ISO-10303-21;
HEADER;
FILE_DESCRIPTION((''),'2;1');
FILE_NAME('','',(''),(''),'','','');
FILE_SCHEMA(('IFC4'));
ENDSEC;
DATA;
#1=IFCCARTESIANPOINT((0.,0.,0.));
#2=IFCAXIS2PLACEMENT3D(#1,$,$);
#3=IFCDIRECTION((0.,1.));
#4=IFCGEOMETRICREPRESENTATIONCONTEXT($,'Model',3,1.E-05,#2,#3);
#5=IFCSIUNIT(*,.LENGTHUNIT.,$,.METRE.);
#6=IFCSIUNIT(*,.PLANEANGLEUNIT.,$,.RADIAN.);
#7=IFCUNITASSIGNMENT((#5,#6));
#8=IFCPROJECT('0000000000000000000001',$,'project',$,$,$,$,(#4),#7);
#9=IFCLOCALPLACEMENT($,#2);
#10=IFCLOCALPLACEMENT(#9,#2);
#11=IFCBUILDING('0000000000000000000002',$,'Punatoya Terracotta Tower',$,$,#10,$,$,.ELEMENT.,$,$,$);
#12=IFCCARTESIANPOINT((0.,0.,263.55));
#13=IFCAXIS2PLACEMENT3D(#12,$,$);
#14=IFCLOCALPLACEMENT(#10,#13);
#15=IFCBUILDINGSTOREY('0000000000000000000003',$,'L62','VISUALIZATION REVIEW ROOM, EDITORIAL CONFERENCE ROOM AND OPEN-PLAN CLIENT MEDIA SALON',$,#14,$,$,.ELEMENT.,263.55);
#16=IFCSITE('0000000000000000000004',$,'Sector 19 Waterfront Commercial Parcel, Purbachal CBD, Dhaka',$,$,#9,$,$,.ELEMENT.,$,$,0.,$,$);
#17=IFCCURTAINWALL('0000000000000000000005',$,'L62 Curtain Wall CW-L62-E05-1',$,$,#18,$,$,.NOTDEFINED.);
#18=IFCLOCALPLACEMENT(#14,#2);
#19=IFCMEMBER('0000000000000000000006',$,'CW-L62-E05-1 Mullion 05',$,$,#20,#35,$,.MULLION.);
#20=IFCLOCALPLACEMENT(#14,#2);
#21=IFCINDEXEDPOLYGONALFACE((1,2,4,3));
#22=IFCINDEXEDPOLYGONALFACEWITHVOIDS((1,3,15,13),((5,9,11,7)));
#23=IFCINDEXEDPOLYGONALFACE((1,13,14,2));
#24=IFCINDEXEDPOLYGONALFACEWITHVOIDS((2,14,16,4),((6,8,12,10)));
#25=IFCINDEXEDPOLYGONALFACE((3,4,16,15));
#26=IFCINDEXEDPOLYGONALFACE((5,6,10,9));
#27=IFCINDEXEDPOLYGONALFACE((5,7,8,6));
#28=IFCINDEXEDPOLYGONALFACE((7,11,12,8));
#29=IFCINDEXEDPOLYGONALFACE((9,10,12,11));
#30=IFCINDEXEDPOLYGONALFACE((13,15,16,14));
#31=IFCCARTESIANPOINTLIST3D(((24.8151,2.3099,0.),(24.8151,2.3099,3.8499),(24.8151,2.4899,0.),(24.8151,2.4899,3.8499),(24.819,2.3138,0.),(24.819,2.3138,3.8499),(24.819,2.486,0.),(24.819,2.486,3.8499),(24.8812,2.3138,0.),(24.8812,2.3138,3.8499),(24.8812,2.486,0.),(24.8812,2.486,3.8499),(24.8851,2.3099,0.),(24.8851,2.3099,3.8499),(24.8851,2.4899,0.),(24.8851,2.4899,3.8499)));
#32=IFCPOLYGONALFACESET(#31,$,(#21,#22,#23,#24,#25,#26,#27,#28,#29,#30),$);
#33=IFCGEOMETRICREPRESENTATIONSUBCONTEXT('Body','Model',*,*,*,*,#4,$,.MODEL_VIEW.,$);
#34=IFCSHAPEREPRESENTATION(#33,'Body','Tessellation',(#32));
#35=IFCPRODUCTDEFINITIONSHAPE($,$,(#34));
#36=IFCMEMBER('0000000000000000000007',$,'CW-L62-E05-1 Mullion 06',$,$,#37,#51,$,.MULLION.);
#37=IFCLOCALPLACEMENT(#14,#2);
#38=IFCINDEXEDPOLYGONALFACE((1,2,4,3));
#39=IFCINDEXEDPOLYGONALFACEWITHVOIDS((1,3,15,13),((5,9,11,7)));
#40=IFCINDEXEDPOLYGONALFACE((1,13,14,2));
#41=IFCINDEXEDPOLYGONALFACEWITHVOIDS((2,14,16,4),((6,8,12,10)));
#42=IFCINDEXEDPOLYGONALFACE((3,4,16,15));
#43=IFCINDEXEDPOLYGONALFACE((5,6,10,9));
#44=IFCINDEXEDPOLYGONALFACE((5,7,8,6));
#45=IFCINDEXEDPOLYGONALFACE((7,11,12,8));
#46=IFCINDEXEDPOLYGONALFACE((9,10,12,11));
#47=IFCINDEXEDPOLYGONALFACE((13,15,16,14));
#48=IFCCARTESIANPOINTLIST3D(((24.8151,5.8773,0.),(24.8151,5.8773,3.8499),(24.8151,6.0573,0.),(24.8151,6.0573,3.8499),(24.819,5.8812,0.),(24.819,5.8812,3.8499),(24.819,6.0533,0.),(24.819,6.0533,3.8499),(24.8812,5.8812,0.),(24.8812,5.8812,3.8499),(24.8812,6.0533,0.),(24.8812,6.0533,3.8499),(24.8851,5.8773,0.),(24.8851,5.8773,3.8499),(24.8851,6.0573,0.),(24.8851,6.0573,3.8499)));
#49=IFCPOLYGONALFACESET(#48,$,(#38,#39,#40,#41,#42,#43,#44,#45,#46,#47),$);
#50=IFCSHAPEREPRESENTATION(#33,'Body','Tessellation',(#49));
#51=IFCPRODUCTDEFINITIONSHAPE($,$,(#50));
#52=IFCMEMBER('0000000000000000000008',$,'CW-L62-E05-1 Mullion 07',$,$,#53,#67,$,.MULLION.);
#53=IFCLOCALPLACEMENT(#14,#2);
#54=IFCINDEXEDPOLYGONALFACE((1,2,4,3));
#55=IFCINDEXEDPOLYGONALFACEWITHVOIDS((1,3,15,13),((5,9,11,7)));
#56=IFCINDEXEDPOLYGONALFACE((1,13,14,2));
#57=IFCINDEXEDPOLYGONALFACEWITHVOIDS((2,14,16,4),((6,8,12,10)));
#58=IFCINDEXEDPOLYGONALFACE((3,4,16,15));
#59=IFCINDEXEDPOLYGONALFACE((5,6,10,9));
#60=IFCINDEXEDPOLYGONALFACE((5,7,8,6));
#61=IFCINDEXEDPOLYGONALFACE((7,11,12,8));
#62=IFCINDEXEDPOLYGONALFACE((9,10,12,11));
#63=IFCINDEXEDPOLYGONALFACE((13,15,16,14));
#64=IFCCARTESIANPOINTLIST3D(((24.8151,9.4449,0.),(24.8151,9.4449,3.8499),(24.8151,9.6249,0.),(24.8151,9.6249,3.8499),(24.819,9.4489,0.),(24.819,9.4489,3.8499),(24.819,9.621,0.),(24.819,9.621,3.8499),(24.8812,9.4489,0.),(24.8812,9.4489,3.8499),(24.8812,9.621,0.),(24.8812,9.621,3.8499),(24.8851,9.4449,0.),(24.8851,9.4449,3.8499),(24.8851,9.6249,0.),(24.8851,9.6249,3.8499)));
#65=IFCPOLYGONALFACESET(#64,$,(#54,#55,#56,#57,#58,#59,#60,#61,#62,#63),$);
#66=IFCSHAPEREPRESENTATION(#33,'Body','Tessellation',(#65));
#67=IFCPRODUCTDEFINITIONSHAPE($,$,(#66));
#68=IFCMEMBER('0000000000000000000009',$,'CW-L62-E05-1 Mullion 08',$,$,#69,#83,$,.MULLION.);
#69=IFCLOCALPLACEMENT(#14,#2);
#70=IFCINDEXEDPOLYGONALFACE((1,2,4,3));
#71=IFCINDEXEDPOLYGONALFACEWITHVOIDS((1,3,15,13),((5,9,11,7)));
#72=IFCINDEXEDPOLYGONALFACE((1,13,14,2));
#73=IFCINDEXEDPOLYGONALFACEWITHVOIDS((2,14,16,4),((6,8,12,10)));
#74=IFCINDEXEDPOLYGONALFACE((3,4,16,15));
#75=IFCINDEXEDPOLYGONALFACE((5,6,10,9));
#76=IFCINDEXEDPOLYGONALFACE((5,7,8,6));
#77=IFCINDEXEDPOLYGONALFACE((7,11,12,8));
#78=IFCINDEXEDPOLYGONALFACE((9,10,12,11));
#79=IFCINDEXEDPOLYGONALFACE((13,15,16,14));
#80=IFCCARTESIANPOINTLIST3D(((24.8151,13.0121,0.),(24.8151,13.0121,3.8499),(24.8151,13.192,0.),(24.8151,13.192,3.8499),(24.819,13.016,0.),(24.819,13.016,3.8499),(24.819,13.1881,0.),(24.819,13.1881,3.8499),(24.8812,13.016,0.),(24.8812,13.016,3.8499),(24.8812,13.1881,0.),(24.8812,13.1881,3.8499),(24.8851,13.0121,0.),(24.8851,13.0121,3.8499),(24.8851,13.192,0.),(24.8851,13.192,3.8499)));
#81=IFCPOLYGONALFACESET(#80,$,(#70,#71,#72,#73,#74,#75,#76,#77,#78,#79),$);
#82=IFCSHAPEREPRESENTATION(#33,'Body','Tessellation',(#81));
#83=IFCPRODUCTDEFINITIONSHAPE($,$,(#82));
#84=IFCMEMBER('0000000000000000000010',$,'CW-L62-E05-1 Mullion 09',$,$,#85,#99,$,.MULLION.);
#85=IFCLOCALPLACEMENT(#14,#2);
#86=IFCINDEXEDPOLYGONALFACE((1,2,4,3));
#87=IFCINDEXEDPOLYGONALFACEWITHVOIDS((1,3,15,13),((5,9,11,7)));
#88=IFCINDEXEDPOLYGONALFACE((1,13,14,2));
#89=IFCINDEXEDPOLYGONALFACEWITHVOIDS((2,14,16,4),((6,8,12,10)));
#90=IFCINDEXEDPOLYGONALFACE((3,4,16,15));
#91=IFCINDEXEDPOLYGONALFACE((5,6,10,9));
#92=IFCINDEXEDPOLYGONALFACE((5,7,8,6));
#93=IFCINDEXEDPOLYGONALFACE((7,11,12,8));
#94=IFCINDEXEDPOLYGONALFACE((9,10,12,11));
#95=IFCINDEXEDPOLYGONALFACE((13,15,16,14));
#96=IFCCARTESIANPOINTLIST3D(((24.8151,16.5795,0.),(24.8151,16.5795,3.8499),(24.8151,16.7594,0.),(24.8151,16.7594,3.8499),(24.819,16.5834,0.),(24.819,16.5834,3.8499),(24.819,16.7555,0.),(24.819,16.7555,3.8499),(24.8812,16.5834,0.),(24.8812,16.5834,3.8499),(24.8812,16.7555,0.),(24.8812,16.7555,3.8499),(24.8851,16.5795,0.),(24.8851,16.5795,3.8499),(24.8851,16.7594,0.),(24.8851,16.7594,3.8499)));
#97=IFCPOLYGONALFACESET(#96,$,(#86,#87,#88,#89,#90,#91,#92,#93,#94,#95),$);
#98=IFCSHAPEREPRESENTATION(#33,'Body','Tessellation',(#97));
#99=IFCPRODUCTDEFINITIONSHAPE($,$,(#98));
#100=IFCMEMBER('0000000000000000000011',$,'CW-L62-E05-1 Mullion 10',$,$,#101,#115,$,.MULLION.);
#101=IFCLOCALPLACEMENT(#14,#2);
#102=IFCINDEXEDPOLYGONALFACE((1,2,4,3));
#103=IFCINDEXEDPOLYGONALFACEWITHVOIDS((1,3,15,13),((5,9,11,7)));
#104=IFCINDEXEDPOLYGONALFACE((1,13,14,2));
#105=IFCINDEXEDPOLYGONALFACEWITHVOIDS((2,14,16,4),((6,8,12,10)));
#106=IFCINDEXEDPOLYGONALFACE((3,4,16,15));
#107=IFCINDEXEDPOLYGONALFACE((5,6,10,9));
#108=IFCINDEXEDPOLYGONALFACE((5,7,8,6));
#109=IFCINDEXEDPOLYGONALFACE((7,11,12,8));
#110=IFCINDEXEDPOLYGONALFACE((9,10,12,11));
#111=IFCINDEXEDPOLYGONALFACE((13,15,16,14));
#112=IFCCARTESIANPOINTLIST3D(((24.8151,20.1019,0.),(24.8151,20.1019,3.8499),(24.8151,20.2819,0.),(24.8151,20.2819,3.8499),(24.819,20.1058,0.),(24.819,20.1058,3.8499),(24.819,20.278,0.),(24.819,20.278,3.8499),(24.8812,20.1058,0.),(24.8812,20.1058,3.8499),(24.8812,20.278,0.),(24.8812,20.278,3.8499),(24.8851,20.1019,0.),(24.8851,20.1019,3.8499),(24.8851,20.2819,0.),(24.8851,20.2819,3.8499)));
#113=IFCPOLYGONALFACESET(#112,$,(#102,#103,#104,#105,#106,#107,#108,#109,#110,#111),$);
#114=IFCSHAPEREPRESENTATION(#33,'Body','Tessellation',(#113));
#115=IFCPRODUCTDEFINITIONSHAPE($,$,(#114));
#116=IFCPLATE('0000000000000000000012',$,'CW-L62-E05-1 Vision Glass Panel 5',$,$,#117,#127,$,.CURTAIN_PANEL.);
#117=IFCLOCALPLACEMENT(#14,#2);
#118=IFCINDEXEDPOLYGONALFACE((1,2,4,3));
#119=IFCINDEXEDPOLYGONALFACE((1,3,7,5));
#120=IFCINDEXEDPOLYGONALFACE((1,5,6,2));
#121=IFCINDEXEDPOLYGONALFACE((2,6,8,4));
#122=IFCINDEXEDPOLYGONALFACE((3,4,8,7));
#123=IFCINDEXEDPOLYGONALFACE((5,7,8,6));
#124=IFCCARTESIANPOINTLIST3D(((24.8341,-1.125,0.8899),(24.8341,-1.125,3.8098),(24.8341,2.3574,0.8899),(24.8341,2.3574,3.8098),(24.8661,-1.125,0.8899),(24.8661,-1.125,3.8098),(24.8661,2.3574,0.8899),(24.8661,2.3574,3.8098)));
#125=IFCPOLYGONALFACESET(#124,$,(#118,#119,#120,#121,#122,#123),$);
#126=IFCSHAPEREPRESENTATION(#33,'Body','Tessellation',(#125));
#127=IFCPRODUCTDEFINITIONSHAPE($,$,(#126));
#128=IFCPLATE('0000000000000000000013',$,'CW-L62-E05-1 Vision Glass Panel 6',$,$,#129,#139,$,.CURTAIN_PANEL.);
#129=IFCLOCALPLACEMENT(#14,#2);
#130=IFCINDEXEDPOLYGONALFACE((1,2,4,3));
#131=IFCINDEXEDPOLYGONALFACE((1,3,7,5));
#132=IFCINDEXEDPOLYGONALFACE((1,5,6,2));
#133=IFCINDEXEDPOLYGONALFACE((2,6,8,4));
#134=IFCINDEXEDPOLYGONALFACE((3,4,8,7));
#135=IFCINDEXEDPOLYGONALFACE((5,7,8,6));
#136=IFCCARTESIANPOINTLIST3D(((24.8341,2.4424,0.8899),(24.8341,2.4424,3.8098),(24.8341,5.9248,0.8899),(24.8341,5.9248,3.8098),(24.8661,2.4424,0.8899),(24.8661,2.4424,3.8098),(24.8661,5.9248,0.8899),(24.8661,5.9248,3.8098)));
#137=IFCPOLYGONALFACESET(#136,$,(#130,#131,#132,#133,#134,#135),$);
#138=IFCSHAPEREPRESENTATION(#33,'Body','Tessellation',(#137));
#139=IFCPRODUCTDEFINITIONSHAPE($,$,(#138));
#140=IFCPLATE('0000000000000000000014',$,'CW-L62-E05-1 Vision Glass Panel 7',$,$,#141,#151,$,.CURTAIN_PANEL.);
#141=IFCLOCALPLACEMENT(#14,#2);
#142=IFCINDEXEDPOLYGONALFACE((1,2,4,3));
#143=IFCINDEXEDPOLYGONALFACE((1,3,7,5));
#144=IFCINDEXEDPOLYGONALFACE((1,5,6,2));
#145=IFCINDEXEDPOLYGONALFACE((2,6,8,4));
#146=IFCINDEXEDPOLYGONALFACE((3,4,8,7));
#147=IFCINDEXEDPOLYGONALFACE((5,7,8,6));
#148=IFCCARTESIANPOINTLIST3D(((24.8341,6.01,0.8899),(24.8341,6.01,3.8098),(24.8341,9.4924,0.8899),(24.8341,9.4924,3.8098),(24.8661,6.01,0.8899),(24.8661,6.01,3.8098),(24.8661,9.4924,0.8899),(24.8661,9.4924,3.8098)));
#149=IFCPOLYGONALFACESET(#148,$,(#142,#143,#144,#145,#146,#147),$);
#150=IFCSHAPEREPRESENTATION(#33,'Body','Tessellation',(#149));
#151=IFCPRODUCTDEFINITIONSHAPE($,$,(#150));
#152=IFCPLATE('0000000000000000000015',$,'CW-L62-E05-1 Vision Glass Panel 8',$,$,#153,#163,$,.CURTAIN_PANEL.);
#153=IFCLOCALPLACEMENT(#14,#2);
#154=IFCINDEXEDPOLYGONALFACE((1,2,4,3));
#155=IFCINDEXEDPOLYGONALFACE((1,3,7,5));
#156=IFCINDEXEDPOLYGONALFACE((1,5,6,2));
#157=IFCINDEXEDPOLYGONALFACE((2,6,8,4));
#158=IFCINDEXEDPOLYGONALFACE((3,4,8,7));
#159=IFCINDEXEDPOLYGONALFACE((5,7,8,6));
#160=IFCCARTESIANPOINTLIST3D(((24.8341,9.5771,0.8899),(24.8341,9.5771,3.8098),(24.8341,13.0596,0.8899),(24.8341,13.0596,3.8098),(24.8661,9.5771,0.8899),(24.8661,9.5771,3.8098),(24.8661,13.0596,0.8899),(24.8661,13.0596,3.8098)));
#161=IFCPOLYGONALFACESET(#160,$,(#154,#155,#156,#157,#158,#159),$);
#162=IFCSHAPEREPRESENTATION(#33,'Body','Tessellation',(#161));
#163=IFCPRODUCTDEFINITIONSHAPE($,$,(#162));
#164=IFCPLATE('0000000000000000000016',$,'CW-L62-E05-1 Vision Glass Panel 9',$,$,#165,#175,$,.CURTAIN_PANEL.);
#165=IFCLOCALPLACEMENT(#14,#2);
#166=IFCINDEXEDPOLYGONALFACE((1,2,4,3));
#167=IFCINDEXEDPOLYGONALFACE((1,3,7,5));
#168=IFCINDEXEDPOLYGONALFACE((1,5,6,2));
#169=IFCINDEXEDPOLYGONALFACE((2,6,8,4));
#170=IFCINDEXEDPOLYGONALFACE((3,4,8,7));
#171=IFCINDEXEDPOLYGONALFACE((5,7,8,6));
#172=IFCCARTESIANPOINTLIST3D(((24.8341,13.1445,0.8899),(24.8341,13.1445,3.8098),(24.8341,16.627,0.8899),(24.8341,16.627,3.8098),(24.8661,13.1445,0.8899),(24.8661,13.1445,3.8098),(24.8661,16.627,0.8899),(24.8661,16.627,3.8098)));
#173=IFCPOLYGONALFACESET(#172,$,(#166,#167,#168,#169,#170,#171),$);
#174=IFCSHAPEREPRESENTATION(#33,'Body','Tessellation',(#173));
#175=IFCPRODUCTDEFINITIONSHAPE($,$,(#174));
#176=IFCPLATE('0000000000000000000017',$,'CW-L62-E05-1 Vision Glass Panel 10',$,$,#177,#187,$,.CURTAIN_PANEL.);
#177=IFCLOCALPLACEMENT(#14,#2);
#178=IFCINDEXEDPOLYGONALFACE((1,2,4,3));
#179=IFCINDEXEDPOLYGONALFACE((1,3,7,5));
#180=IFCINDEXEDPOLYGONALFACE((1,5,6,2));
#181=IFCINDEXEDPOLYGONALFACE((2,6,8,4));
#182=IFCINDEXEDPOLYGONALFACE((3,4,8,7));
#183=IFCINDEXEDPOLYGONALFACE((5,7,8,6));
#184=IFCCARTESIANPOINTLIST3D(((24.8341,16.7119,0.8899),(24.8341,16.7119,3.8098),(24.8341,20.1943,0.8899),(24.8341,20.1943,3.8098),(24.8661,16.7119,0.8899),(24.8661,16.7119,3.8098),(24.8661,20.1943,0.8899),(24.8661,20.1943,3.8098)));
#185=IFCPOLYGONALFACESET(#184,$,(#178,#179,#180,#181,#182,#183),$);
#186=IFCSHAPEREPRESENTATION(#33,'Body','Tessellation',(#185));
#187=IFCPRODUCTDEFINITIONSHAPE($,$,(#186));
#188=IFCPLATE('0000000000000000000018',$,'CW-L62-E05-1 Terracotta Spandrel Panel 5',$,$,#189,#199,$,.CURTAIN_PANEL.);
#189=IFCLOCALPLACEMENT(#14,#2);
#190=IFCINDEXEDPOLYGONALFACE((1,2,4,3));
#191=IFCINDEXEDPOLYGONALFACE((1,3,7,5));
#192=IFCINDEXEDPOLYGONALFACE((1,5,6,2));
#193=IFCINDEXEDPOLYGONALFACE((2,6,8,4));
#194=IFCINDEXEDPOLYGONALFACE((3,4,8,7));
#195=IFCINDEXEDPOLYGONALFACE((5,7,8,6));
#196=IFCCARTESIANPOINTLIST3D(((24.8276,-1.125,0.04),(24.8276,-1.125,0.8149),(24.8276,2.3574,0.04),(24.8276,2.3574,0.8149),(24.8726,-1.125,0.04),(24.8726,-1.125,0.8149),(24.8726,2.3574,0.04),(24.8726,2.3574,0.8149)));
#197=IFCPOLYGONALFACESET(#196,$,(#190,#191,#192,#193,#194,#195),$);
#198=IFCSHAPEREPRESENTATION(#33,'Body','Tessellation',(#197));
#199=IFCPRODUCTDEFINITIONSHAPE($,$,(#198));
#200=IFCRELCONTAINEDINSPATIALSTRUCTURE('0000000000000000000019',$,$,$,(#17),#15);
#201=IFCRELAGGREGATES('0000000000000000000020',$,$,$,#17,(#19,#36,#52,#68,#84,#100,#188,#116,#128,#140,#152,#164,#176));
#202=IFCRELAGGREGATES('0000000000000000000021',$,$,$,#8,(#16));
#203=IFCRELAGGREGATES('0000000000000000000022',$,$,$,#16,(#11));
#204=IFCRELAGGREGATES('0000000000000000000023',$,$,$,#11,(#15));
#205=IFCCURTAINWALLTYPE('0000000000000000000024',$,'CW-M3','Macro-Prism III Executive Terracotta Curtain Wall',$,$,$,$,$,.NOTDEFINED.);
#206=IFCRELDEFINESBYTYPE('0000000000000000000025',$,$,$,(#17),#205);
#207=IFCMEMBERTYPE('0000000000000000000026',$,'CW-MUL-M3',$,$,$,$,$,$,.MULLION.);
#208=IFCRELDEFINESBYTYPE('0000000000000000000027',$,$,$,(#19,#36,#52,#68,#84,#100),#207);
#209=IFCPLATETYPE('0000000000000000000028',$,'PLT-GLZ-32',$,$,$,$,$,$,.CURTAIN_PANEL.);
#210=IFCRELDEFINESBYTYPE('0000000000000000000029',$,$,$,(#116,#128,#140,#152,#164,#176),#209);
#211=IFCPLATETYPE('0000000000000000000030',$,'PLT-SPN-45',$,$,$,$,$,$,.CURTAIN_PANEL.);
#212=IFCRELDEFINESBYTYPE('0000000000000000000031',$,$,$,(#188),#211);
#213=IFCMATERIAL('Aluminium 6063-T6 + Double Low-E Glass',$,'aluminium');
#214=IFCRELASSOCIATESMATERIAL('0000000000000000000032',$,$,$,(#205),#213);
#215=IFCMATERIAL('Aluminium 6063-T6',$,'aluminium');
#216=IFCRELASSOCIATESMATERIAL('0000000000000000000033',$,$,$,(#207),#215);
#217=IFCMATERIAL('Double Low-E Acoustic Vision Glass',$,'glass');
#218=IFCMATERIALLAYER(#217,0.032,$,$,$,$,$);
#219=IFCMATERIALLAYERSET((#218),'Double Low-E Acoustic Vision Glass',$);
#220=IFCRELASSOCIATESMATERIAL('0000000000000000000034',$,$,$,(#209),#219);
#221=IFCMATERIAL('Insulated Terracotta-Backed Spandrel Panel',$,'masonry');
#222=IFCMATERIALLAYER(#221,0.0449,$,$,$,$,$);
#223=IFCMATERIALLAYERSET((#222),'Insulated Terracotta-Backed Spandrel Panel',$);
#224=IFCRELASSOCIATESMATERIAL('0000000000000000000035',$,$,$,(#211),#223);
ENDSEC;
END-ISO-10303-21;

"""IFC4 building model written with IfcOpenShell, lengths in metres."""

from ifc_helpers import new_model, si_unit, direction, frame, origin, origin_2d, place, context, subcontext, project, spatial, rectangle, hollow_rectangle, extrude, material, layer, layer_set, material_profile, profile_set, type_object, element, aggregate, save


model = new_model("IFC4")

# Units and contexts
model_context = context("Model", 3, precision=1e-05, world=origin(), true_north=direction((0.0, 1.0)))
body_context = subcontext(model_context, "Body", "Model", "MODEL_VIEW")
ifc_project = project(units=[si_unit("LENGTHUNIT", "METRE"), si_unit("PLANEANGLEUNIT", "RADIAN")], contexts=[model_context])

# Site, building, storey
site_placement = place(None, origin())
site = spatial("IfcSite", under=ifc_project, at=site_placement, Name="Sector 19 Waterfront Commercial Parcel, Purbachal CBD, Dhaka", CompositionType="ELEMENT", RefElevation=0.0)
building_placement = place(site_placement, origin())
building = spatial("IfcBuilding", under=site, at=building_placement, Name="Punatoya Terracotta Tower", CompositionType="ELEMENT")
storey_placement = place(building_placement, frame((0.0, 0.0, 263.55)))
storey = spatial("IfcBuildingStorey", under=building, at=storey_placement, Name="L62", Description="VISUALIZATION REVIEW ROOM, EDITORIAL CONFERENCE ROOM AND OPEN-PLAN CLIENT MEDIA SALON", CompositionType="ELEMENT", Elevation=263.55)

# Curtain wall, members, plates
ifc_material_1 = material(Name="Aluminium 6063-T6 + Double Low-E Glass", Category="aluminium")
curtain_wall_type = type_object("IfcCurtainWallType", Name="CW-M3", Description="Macro-Prism III Executive Terracotta Curtain Wall", PredefinedType="NOTDEFINED", material=ifc_material_1)
curtain_wall_placement = place(storey_placement, origin())
curtain_wall = element("IfcCurtainWall", 1, at=curtain_wall_placement, inside=storey, type_object=curtain_wall_type, Name="L62 Curtain Wall CW-L62-E05-1", PredefinedType="NOTDEFINED")
ifc_material_2 = material(Name="Aluminium 6063-T6", Category="aluminium")
ifc_material_profile_1 = material_profile(ifc_material_2, hollow_rectangle(XDim=0.0701, YDim=0.1799, WallThickness=0.0039, at=origin_2d()))
ifc_profile_set_1 = profile_set([ifc_material_profile_1], Name="Aluminium 6063-T6")
member_type = type_object("IfcMemberType", Name="CW-MUL-M3", PredefinedType="MULLION", material=ifc_profile_set_1)
member_1_placement = place(storey_placement, frame((24.8501, 2.3999, 0.0), z_axis=(0.0, 0.0, 1.0), x_axis=(1.0, 0.0, 0.0)))
member_1 = element("IfcMember", 2, at=member_1_placement, type_object=member_type, Name="CW-L62-E05-1 Mullion 05", PredefinedType="MULLION", context=body_context, shape_type="SweptSolid", body=[
    extrude(hollow_rectangle(XDim=0.0701, YDim=0.1799, WallThickness=0.0039, at=origin_2d()), origin(), (0.0, 0.0, 1.0), 3.8499),
])
member_2_placement = place(storey_placement, frame((24.8501, 5.9673, 0.0), z_axis=(0.0, 0.0, 1.0), x_axis=(1.0, 0.0, 0.0)))
member_2 = element("IfcMember", 3, at=member_2_placement, type_object=member_type, Name="CW-L62-E05-1 Mullion 06", PredefinedType="MULLION", context=body_context, shape_type="SweptSolid", body=[
    extrude(hollow_rectangle(XDim=0.0701, YDim=0.1799, WallThickness=0.0039, at=origin_2d()), origin(), (0.0, 0.0, 1.0), 3.8499),
])
member_3_placement = place(storey_placement, frame((24.8501, 9.5349, 0.0), z_axis=(0.0, 0.0, 1.0), x_axis=(1.0, 0.0, 0.0)))
member_3 = element("IfcMember", 4, at=member_3_placement, type_object=member_type, Name="CW-L62-E05-1 Mullion 07", PredefinedType="MULLION", context=body_context, shape_type="SweptSolid", body=[
    extrude(hollow_rectangle(XDim=0.0701, YDim=0.1799, WallThickness=0.0039, at=origin_2d()), origin(), (0.0, 0.0, 1.0), 3.8499),
])
member_4_placement = place(storey_placement, frame((24.8501, 13.1021, 0.0), z_axis=(0.0, 0.0, 1.0), x_axis=(1.0, 0.0, 0.0)))
member_4 = element("IfcMember", 5, at=member_4_placement, type_object=member_type, Name="CW-L62-E05-1 Mullion 08", PredefinedType="MULLION", context=body_context, shape_type="SweptSolid", body=[
    extrude(hollow_rectangle(XDim=0.0701, YDim=0.1799, WallThickness=0.0039, at=origin_2d()), origin(), (0.0, 0.0, 1.0), 3.8499),
])
member_5_placement = place(storey_placement, frame((24.8501, 16.6694, 0.0), z_axis=(0.0, 0.0, 1.0), x_axis=(1.0, 0.0, 0.0)))
member_5 = element("IfcMember", 6, at=member_5_placement, type_object=member_type, Name="CW-L62-E05-1 Mullion 09", PredefinedType="MULLION", context=body_context, shape_type="SweptSolid", body=[
    extrude(hollow_rectangle(XDim=0.0701, YDim=0.1799, WallThickness=0.0039, at=origin_2d()), origin(), (0.0, 0.0, 1.0), 3.8499),
])
member_6_placement = place(storey_placement, frame((24.8501, 20.1919, 0.0), z_axis=(0.0, 0.0, 1.0), x_axis=(1.0, 0.0, 0.0)))
member_6 = element("IfcMember", 7, at=member_6_placement, type_object=member_type, Name="CW-L62-E05-1 Mullion 10", PredefinedType="MULLION", context=body_context, shape_type="SweptSolid", body=[
    extrude(hollow_rectangle(XDim=0.0701, YDim=0.1799, WallThickness=0.0039, at=origin_2d()), origin(), (0.0, 0.0, 1.0), 3.8499),
])
ifc_material_3 = material(Name="Double Low-E Acoustic Vision Glass", Category="glass")
ifc_layer_1 = layer(ifc_material_3, 0.032)
ifc_layer_set_1 = layer_set([ifc_layer_1], Name="Double Low-E Acoustic Vision Glass")
plate_type_1 = type_object("IfcPlateType", Name="PLT-GLZ-32", PredefinedType="CURTAIN_PANEL", material=ifc_layer_set_1)
plate_1_placement = place(storey_placement, frame((24.8501, 0.6162, 0.8899), z_axis=(0.0, 0.0, 1.0), x_axis=(0.0, 1.0, 0.0)))
plate_1 = element("IfcPlate", 8, at=plate_1_placement, type_object=plate_type_1, Name="CW-L62-E05-1 Vision Glass Panel 5", PredefinedType="CURTAIN_PANEL", context=body_context, shape_type="SweptSolid", body=[
    extrude(rectangle(XDim=3.4824, YDim=0.032, at=origin_2d()), origin(), (0.0, 0.0, 1.0), 2.9199),
])
plate_2_placement = place(storey_placement, frame((24.8501, 4.1836, 0.8899), z_axis=(0.0, 0.0, 1.0), x_axis=(0.0, 1.0, 0.0)))
plate_2 = element("IfcPlate", 9, at=plate_2_placement, type_object=plate_type_1, Name="CW-L62-E05-1 Vision Glass Panel 6", PredefinedType="CURTAIN_PANEL", context=body_context, shape_type="SweptSolid", body=[
    extrude(rectangle(XDim=3.4824, YDim=0.032, at=origin_2d()), origin(), (0.0, 0.0, 1.0), 2.9199),
])
plate_3_placement = place(storey_placement, frame((24.8501, 7.7512, 0.8899), z_axis=(0.0, 0.0, 1.0), x_axis=(0.0, 1.0, 0.0)))
plate_3 = element("IfcPlate", 10, at=plate_3_placement, type_object=plate_type_1, Name="CW-L62-E05-1 Vision Glass Panel 7", PredefinedType="CURTAIN_PANEL", context=body_context, shape_type="SweptSolid", body=[
    extrude(rectangle(XDim=3.4824, YDim=0.032, at=origin_2d()), origin(), (0.0, 0.0, 1.0), 2.9199),
])
plate_4_placement = place(storey_placement, frame((24.8501, 11.3184, 0.8899), z_axis=(0.0, 0.0, 1.0), x_axis=(0.0, 1.0, 0.0)))
plate_4 = element("IfcPlate", 11, at=plate_4_placement, type_object=plate_type_1, Name="CW-L62-E05-1 Vision Glass Panel 8", PredefinedType="CURTAIN_PANEL", context=body_context, shape_type="SweptSolid", body=[
    extrude(rectangle(XDim=3.4824, YDim=0.032, at=origin_2d()), origin(), (0.0, 0.0, 1.0), 2.9199),
])
plate_5_placement = place(storey_placement, frame((24.8501, 14.8857, 0.8899), z_axis=(0.0, 0.0, 1.0), x_axis=(0.0, 1.0, 0.0)))
plate_5 = element("IfcPlate", 12, at=plate_5_placement, type_object=plate_type_1, Name="CW-L62-E05-1 Vision Glass Panel 9", PredefinedType="CURTAIN_PANEL", context=body_context, shape_type="SweptSolid", body=[
    extrude(rectangle(XDim=3.4824, YDim=0.032, at=origin_2d()), origin(), (0.0, 0.0, 1.0), 2.9199),
])
plate_6_placement = place(storey_placement, frame((24.8501, 18.4531, 0.8899), z_axis=(0.0, 0.0, 1.0), x_axis=(0.0, 1.0, 0.0)))
plate_6 = element("IfcPlate", 13, at=plate_6_placement, type_object=plate_type_1, Name="CW-L62-E05-1 Vision Glass Panel 10", PredefinedType="CURTAIN_PANEL", context=body_context, shape_type="SweptSolid", body=[
    extrude(rectangle(XDim=3.4824, YDim=0.032, at=origin_2d()), origin(), (0.0, 0.0, 1.0), 2.9199),
])
ifc_material_4 = material(Name="Insulated Terracotta-Backed Spandrel Panel", Category="masonry")
ifc_layer_2 = layer(ifc_material_4, 0.0449)
ifc_layer_set_2 = layer_set([ifc_layer_2], Name="Insulated Terracotta-Backed Spandrel Panel")
plate_type_2 = type_object("IfcPlateType", Name="PLT-SPN-45", PredefinedType="CURTAIN_PANEL", material=ifc_layer_set_2)
plate_7_placement = place(storey_placement, frame((24.8501, 0.6162, 0.04), z_axis=(0.0, 0.0, 1.0), x_axis=(0.0, 1.0, 0.0)))
plate_7 = element("IfcPlate", 14, at=plate_7_placement, type_object=plate_type_2, Name="CW-L62-E05-1 Terracotta Spandrel Panel 5", PredefinedType="CURTAIN_PANEL", context=body_context, shape_type="SweptSolid", body=[
    extrude(rectangle(XDim=3.4824, YDim=0.0449, at=origin_2d()), origin(), (0.0, 0.0, 1.0), 0.7749),
])
aggregate(curtain_wall, [member_1, member_2, member_3, member_4, member_5, member_6, plate_7, plate_1, plate_2, plate_3, plate_4, plate_5, plate_6])

save(model, "model.ifc")
